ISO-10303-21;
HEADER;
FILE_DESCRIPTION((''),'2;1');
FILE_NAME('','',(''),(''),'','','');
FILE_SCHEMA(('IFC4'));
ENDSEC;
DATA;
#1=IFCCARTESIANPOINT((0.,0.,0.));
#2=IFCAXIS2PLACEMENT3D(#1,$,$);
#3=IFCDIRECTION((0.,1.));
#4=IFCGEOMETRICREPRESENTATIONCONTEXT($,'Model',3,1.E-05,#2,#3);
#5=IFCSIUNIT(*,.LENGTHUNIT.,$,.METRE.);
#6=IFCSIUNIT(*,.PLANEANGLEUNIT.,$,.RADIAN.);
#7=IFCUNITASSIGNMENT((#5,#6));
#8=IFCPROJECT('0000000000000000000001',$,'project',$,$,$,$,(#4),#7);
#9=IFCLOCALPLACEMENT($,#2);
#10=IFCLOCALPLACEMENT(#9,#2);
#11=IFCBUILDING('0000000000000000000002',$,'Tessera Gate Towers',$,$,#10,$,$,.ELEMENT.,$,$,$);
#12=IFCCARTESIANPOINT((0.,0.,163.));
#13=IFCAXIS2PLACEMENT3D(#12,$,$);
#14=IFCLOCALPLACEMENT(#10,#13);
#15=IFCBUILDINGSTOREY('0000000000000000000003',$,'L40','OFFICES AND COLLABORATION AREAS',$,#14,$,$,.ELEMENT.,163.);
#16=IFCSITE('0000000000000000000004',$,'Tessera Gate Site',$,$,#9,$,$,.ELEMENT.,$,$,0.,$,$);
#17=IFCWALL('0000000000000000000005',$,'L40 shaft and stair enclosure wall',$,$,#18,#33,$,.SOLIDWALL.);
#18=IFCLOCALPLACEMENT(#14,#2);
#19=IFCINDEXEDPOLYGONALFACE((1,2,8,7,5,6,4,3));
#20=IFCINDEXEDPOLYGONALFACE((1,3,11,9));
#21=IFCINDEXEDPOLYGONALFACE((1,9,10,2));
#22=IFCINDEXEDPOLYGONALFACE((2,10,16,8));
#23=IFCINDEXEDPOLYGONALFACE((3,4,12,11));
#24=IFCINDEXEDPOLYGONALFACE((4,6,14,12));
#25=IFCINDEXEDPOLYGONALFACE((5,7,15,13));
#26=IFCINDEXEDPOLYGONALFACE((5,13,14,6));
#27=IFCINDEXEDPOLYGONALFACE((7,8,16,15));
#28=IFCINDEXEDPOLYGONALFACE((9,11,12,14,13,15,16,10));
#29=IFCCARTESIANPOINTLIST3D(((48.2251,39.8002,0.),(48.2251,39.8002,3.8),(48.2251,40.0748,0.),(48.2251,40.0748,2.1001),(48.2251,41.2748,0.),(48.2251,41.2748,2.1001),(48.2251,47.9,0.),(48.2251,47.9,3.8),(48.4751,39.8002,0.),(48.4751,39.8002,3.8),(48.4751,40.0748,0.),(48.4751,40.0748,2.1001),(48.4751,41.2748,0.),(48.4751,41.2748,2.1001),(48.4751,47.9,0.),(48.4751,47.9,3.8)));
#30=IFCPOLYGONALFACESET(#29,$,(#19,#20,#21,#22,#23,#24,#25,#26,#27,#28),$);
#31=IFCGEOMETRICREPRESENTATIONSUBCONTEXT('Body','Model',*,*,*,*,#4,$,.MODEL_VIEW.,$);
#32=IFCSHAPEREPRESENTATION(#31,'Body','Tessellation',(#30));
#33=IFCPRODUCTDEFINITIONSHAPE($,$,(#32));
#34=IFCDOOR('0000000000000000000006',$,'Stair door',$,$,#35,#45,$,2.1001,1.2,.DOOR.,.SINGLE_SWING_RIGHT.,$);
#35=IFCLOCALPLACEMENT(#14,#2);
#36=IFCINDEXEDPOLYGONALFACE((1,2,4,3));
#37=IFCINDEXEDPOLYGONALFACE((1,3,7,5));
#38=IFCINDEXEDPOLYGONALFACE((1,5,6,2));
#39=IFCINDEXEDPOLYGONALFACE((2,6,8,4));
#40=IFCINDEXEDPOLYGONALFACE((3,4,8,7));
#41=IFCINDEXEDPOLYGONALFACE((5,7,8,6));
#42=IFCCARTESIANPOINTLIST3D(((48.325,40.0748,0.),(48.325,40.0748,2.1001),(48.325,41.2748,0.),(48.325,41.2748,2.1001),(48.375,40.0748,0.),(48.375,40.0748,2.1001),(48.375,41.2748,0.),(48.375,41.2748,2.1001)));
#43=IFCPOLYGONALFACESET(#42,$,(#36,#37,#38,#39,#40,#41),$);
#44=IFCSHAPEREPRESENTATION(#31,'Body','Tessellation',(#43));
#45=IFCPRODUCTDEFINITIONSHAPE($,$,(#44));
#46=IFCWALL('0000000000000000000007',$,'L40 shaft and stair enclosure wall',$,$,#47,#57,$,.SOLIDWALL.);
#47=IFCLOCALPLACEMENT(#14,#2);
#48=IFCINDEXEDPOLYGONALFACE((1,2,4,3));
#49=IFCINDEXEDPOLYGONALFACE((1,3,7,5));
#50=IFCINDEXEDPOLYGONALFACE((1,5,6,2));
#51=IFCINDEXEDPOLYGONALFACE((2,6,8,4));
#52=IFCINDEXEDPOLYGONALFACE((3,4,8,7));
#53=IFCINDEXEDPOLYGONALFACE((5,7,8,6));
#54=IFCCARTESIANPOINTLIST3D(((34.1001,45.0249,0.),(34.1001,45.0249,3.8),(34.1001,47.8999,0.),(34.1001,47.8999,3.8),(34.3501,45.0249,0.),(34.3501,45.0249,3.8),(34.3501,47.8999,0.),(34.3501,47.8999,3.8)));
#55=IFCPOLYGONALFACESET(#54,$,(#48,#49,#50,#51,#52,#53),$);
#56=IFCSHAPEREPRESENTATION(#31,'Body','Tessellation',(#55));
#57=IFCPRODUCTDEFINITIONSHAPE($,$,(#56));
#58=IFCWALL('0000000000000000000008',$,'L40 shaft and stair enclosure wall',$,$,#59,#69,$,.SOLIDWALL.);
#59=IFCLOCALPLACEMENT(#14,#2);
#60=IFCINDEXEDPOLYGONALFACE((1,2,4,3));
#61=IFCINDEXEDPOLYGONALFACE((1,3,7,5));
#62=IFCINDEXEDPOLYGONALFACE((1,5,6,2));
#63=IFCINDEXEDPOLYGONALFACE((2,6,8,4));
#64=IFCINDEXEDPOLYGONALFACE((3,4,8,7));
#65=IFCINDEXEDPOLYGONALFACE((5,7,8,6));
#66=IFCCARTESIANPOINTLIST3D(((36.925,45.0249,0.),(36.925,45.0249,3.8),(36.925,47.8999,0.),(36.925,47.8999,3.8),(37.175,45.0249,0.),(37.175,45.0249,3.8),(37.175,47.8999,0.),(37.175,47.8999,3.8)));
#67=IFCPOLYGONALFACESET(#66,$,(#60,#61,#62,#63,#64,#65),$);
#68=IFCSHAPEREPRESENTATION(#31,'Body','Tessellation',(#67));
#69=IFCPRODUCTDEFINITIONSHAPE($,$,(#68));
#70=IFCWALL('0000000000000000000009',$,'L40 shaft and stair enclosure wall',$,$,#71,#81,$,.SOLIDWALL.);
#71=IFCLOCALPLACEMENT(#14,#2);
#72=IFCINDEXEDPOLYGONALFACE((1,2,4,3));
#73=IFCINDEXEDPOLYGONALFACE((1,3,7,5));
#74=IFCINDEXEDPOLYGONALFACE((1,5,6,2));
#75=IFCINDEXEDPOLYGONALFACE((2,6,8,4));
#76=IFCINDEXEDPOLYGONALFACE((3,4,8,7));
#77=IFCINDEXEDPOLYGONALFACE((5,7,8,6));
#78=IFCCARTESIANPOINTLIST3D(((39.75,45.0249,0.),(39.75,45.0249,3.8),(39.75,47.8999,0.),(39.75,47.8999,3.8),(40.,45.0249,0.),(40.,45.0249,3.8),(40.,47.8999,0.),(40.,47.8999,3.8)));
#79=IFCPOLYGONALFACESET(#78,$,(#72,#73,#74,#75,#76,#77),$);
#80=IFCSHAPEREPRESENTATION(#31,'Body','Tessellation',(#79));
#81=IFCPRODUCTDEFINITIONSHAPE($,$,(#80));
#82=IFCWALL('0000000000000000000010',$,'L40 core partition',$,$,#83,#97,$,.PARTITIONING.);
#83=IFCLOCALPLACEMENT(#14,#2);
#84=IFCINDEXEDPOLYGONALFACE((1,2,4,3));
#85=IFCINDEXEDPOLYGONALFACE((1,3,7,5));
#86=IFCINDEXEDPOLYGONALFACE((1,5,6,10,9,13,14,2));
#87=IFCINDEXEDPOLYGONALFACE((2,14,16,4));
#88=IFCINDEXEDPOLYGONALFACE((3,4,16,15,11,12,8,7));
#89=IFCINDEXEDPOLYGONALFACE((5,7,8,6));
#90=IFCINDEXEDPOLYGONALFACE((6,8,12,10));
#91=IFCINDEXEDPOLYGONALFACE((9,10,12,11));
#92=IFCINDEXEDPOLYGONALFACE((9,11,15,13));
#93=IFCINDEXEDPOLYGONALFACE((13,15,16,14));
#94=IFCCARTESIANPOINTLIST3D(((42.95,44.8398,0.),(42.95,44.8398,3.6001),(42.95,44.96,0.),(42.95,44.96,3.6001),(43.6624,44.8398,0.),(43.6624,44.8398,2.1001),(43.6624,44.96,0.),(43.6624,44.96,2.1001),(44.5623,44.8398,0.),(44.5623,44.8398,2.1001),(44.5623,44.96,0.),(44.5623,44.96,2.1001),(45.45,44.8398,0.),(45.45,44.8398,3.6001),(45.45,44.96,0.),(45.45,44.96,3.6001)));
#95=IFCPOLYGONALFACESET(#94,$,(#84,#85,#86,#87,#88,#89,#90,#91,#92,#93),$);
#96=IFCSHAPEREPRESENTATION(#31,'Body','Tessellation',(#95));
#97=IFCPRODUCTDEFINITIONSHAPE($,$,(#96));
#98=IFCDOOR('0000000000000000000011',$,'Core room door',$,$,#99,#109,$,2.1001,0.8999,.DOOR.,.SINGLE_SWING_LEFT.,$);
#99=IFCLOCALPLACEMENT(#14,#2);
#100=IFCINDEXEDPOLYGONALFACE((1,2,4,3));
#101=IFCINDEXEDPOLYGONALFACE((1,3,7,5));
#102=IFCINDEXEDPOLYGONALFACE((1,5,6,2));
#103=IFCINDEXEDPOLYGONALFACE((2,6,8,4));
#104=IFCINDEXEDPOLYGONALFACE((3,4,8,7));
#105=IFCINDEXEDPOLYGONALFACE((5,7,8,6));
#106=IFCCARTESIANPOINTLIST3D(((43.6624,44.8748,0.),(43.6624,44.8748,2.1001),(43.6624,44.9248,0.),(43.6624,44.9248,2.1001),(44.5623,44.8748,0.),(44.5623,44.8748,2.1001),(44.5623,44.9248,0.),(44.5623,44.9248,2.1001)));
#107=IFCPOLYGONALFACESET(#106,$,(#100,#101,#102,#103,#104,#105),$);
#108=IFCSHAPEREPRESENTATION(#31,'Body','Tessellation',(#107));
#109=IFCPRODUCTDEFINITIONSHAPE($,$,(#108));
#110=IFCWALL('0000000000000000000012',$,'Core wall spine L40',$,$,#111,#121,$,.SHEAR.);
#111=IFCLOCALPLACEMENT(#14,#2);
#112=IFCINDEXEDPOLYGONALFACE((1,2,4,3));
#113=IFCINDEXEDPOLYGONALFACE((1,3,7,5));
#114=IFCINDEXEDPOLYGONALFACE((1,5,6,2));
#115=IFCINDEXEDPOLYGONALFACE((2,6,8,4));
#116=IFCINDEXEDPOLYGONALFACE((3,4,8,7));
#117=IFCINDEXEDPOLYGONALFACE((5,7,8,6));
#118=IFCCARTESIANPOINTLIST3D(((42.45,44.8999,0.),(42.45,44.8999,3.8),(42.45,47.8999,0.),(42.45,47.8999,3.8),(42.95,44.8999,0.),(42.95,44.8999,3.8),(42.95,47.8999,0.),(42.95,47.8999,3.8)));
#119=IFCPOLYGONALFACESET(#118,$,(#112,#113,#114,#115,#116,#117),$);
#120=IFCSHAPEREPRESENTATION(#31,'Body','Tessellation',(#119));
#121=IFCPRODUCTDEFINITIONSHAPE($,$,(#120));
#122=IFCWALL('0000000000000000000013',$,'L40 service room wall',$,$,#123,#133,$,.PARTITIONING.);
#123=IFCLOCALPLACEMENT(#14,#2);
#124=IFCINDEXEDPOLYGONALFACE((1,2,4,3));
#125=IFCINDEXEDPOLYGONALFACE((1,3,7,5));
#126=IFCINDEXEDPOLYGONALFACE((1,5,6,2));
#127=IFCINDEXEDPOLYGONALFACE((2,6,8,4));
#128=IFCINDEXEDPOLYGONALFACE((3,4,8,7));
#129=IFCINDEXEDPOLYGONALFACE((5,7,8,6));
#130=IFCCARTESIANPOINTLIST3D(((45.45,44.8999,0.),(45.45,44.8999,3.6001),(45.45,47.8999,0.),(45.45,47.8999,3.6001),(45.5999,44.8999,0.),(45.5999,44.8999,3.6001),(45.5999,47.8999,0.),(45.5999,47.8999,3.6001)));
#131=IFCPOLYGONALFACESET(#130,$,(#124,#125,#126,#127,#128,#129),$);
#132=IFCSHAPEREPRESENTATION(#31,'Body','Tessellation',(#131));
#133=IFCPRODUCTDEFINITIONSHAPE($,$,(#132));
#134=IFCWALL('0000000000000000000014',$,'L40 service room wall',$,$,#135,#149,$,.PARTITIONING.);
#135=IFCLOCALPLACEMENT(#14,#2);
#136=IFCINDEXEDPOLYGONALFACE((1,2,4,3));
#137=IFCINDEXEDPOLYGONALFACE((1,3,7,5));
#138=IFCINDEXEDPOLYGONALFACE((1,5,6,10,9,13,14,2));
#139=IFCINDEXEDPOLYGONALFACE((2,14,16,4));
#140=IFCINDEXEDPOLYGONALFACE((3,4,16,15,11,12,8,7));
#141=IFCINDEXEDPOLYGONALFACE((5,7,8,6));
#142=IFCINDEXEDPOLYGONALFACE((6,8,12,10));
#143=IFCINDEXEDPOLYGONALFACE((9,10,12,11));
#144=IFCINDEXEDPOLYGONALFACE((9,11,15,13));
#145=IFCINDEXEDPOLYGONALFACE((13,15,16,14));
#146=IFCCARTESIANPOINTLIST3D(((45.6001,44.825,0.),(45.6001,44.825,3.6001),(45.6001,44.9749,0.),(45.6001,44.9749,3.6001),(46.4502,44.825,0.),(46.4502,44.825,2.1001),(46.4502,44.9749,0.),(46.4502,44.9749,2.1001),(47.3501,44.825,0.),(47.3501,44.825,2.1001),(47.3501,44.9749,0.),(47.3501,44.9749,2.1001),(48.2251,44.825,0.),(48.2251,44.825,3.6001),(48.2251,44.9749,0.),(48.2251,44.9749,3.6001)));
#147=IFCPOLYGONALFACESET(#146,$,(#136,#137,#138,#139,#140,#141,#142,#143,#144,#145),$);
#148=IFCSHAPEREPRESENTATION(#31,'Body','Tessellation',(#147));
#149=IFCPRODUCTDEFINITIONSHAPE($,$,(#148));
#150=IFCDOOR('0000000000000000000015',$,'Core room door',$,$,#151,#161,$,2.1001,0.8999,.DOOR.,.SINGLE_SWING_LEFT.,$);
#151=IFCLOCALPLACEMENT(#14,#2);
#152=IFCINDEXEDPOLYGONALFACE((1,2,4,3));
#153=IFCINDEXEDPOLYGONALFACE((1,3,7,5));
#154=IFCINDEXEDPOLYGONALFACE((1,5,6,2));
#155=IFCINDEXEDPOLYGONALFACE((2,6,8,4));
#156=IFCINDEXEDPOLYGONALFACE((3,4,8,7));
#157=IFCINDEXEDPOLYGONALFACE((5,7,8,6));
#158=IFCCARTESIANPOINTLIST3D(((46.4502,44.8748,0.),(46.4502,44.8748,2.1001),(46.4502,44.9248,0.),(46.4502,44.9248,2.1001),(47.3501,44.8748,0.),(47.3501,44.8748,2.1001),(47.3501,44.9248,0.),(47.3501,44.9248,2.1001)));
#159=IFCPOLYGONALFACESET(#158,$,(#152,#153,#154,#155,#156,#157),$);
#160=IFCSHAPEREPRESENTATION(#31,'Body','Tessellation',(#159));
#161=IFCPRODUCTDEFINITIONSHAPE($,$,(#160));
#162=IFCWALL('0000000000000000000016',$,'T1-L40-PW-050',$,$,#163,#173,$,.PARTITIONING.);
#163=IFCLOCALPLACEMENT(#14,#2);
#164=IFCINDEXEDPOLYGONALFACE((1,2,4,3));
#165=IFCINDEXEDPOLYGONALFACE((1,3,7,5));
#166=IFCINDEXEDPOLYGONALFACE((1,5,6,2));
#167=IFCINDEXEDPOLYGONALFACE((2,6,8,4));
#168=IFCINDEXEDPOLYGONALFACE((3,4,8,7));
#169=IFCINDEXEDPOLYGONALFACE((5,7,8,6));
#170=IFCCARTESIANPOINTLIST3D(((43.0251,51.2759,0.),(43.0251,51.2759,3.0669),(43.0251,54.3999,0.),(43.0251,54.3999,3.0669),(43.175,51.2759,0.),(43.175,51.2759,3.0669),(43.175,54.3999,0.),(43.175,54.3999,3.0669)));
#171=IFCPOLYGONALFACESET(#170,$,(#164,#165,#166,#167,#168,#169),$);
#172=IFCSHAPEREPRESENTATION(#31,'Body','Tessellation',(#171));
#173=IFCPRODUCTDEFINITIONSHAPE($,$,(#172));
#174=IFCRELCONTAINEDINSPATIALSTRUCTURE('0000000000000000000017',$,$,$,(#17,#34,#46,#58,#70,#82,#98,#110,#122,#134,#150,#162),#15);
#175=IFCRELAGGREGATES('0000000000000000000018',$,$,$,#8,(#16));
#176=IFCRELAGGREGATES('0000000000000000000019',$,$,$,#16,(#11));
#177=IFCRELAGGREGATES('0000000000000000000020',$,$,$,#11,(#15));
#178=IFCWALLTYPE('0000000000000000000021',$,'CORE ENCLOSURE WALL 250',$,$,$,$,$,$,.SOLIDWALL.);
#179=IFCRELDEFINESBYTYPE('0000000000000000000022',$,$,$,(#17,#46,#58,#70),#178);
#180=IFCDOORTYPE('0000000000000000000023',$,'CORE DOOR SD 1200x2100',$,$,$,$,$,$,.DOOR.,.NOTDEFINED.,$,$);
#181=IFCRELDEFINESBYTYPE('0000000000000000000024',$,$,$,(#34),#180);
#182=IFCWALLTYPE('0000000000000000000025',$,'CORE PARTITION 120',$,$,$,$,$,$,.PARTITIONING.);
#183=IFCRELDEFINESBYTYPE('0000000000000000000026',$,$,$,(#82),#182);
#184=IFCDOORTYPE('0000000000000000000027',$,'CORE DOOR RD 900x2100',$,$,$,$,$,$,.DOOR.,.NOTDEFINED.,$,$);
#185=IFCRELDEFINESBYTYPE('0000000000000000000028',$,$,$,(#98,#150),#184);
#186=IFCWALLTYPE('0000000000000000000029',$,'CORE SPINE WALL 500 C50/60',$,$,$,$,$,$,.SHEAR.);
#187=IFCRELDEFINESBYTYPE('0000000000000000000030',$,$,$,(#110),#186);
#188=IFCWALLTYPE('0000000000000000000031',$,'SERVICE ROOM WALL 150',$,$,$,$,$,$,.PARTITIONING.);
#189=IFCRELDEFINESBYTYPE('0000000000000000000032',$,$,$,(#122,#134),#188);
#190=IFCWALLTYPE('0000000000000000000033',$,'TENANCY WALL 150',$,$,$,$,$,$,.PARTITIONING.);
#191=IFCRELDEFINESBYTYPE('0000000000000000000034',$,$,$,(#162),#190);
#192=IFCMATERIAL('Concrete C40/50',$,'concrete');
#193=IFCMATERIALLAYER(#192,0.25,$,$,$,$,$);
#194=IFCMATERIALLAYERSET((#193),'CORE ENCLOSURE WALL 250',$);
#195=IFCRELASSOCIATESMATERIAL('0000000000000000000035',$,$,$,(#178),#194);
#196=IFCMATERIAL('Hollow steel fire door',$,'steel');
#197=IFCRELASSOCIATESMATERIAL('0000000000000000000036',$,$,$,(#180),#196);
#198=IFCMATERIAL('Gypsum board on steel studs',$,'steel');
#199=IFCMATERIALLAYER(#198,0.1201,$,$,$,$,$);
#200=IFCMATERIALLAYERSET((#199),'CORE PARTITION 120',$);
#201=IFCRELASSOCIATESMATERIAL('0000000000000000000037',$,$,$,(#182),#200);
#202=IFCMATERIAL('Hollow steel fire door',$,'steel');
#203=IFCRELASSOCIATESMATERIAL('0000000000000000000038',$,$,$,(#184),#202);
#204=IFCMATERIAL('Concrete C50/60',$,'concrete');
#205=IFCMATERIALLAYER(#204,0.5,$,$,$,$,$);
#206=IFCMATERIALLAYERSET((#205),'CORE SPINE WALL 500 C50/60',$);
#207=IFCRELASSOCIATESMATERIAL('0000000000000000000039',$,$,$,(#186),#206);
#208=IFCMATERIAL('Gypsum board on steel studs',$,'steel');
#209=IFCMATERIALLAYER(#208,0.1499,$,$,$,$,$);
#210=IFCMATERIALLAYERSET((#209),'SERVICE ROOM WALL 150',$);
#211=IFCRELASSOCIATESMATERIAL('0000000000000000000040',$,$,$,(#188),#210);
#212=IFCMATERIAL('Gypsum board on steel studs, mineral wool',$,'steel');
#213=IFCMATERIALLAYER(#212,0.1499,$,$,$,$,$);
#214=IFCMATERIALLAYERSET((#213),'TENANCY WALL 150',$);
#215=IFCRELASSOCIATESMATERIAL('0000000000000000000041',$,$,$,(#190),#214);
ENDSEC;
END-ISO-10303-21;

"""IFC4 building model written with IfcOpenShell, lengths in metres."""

from ifc_helpers import new_model, si_unit, direction, frame, frame_2d, origin, place, context, subcontext, project, spatial, rectangle, extrude, source, transform, mapped, material, layer, layer_set, type_object, element, fill, save


model = new_model("IFC4")

# Units and contexts
model_context = context("Model", 3, precision=1e-05, world=origin(), true_north=direction((0.0, 1.0)))
body_context = subcontext(model_context, "Body", "Model", "MODEL_VIEW")
ifc_project = project(units=[si_unit("LENGTHUNIT", "METRE"), si_unit("PLANEANGLEUNIT", "RADIAN")], contexts=[model_context])

# Site, building, storey
site_placement = place(None, origin())
site = spatial("IfcSite", under=ifc_project, at=site_placement, Name="Tessera Gate Site", CompositionType="ELEMENT", RefElevation=0.0)
building_placement = place(site_placement, origin())
building = spatial("IfcBuilding", under=site, at=building_placement, Name="Tessera Gate Towers", CompositionType="ELEMENT")
storey_placement = place(building_placement, frame((0.0, 0.0, 163.0)))
storey = spatial("IfcBuildingStorey", under=building, at=storey_placement, Name="L40", Description="OFFICES AND COLLABORATION AREAS", CompositionType="ELEMENT", Elevation=163.0)

# Shared definitions
ifc_material_1 = material(Name="Concrete C40/50", Category="concrete")
ifc_layer_1 = layer(ifc_material_1, 0.25)
ifc_layer_set_1 = layer_set([ifc_layer_1], Name="CORE ENCLOSURE WALL 250")
wall_type_1 = type_object("IfcWallType", Name="CORE ENCLOSURE WALL 250", PredefinedType="SOLIDWALL", material=ifc_layer_set_1)

# Wall, opening, door
wall_1_placement = place(storey_placement, frame((48.3501, 47.8999, 0.0), z_axis=(0.0, 0.0, 1.0), x_axis=(0.0, -1.0, 0.0)))
wall_1 = element("IfcWall", 1, at=wall_1_placement, inside=storey, type_object=wall_type_1, Name="L40 shaft and stair enclosure wall", PredefinedType="SOLIDWALL", context=body_context, shape_type="SweptSolid", body=[
    extrude(rectangle(XDim=8.0999, YDim=0.25, at=frame_2d((4.0498, 0.0))), origin(), (0.0, 0.0, 1.0), 3.8),
])
shared_shape_1 = source(origin(), body_context, "Body", "SweptSolid", [
    extrude(rectangle(XDim=1.2, YDim=2.1001, at=frame_2d((0.6001, 1.05))), frame((0.0, 0.135, 0.0), z_axis=(0.0, -1.0, 0.0), x_axis=(1.0, 0.0, 0.0)), (0.0, 0.0, 1.0), 0.27),
])
opening_1_placement = place(wall_1_placement, frame((6.625, 0.0, 0.0)))
opening_1 = element("IfcOpeningElement", 2, at=opening_1_placement, cuts=wall_1, PredefinedType="OPENING", context=body_context, shape_type="MappedRepresentation", body=[
    mapped(shared_shape_1, transform((0.0, 0.0, 0.0), scale=1.0)),
])
ifc_material_2 = material(Name="Hollow steel fire door", Category="steel")
door_type_1 = type_object("IfcDoorType", Name="CORE DOOR SD 1200x2100", OperationType="NOTDEFINED", PredefinedType="DOOR", material=ifc_material_2)
shared_shape_2 = source(origin(), body_context, "Body", "SweptSolid", [
    extrude(rectangle(XDim=1.2, YDim=2.1001, at=frame_2d((0.6001, 1.05))), frame((0.0, 0.0249, 0.0), z_axis=(0.0, -1.0, 0.0), x_axis=(1.0, 0.0, 0.0)), (0.0, 0.0, 1.0), 0.05),
])
door_1_placement = place(opening_1_placement, origin())
door_1 = element("IfcDoor", 3, at=door_1_placement, inside=storey, type_object=door_type_1, Name="Stair door", OperationType="SINGLE_SWING_RIGHT", OverallHeight=2.1001, OverallWidth=1.2, PredefinedType="DOOR", context=body_context, shape_type="MappedRepresentation", body=[
    mapped(shared_shape_2, transform((0.0, 0.0, 0.0), scale=1.0)),
])
fill(opening_1, door_1)

# Walls
for number, where, z_axis, x_axis, name in (
    (4, (34.2251, 45.0249, 0.0), (0.0, 0.0, 1.0), (0.0, 1.0, 0.0), "L40 shaft and stair enclosure wall"),
    (5, (37.05, 45.0249, 0.0), (0.0, 0.0, 1.0), (0.0, 1.0, 0.0), "L40 shaft and stair enclosure wall"),
    (6, (39.875, 45.0249, 0.0), (0.0, 0.0, 1.0), (0.0, 1.0, 0.0), "L40 shaft and stair enclosure wall"),
):
    element("IfcWall", number, at=place(storey_placement, frame(where, z_axis=z_axis, x_axis=x_axis)), inside=storey, type_object=wall_type_1, Name=name, PredefinedType="SOLIDWALL", context=body_context, shape_type="SweptSolid", body=[
        extrude(rectangle(XDim=2.875, YDim=0.25, at=frame_2d((1.4375, 0.0))), origin(), (0.0, 0.0, 1.0), 3.8),
    ])

# Wall, opening, door
ifc_material_3 = material(Name="Gypsum board on steel studs", Category="steel")
ifc_layer_2 = layer(ifc_material_3, 0.1201)
ifc_layer_set_2 = layer_set([ifc_layer_2], Name="CORE PARTITION 120")
wall_type_2 = type_object("IfcWallType", Name="CORE PARTITION 120", PredefinedType="PARTITIONING", material=ifc_layer_set_2)
wall_2_placement = place(storey_placement, frame((42.95, 44.8999, 0.0), z_axis=(0.0, 0.0, 1.0), x_axis=(1.0, 0.0, 0.0)))
wall_2 = element("IfcWall", 7, at=wall_2_placement, inside=storey, type_object=wall_type_2, Name="L40 core partition", PredefinedType="PARTITIONING", context=body_context, shape_type="SweptSolid", body=[
    extrude(rectangle(XDim=2.5, YDim=0.1201, at=frame_2d((1.25, 0.0))), origin(), (0.0, 0.0, 1.0), 3.6001),
])
shared_shape_3 = source(origin(), body_context, "Body", "SweptSolid", [
    extrude(rectangle(XDim=0.8999, YDim=2.1001, at=frame_2d((0.45, 1.05))), frame((0.0, 0.0701, 0.0), z_axis=(0.0, -1.0, 0.0), x_axis=(1.0, 0.0, 0.0)), (0.0, 0.0, 1.0), 0.1401),
])
opening_2_placement = place(wall_2_placement, frame((0.7124, 0.0, 0.0)))
opening_2 = element("IfcOpeningElement", 8, at=opening_2_placement, cuts=wall_2, PredefinedType="OPENING", context=body_context, shape_type="MappedRepresentation", body=[
    mapped(shared_shape_3, transform((0.0, 0.0, 0.0), scale=1.0)),
])
ifc_material_4 = material(Name="Hollow steel fire door", Category="steel")
door_type_2 = type_object("IfcDoorType", Name="CORE DOOR RD 900x2100", OperationType="NOTDEFINED", PredefinedType="DOOR", material=ifc_material_4)
shared_shape_4 = source(origin(), body_context, "Body", "SweptSolid", [
    extrude(rectangle(XDim=0.8999, YDim=2.1001, at=frame_2d((0.45, 1.05))), frame((0.0, 0.0249, 0.0), z_axis=(0.0, -1.0, 0.0), x_axis=(1.0, 0.0, 0.0)), (0.0, 0.0, 1.0), 0.05),
])
door_2_placement = place(opening_2_placement, origin())
door_2 = element("IfcDoor", 9, at=door_2_placement, inside=storey, type_object=door_type_2, Name="Core room door", OperationType="SINGLE_SWING_LEFT", OverallHeight=2.1001, OverallWidth=0.8999, PredefinedType="DOOR", context=body_context, shape_type="MappedRepresentation", body=[
    mapped(shared_shape_4, transform((0.0, 0.0, 0.0), scale=1.0)),
])
fill(opening_2, door_2)

# Walls
ifc_material_5 = material(Name="Concrete C50/60", Category="concrete")
ifc_layer_3 = layer(ifc_material_5, 0.5)
ifc_layer_set_3 = layer_set([ifc_layer_3], Name="CORE SPINE WALL 500 C50/60")
wall_type_3 = type_object("IfcWallType", Name="CORE SPINE WALL 500 C50/60", PredefinedType="SHEAR", material=ifc_layer_set_3)
wall_3_placement = place(storey_placement, frame((42.7, 44.8999, 0.0), z_axis=(0.0, 0.0, 1.0), x_axis=(0.0, 1.0, 0.0)))
element("IfcWall", 10, at=wall_3_placement, inside=storey, type_object=wall_type_3, Name="Core wall spine L40", PredefinedType="SHEAR", context=body_context, shape_type="SweptSolid", body=[
    extrude(rectangle(XDim=3.0, YDim=0.5, at=frame_2d((1.5, 0.0))), origin(), (0.0, 0.0, 1.0), 3.8),
])
ifc_material_6 = material(Name="Gypsum board on steel studs", Category="steel")
ifc_layer_4 = layer(ifc_material_6, 0.1499)
ifc_layer_set_4 = layer_set([ifc_layer_4], Name="SERVICE ROOM WALL 150")
wall_type_4 = type_object("IfcWallType", Name="SERVICE ROOM WALL 150", PredefinedType="PARTITIONING", material=ifc_layer_set_4)
wall_4_placement = place(storey_placement, frame((45.5249, 44.8999, 0.0), z_axis=(0.0, 0.0, 1.0), x_axis=(0.0, 1.0, 0.0)))
element("IfcWall", 11, at=wall_4_placement, inside=storey, type_object=wall_type_4, Name="L40 service room wall", PredefinedType="PARTITIONING", context=body_context, shape_type="SweptSolid", body=[
    extrude(rectangle(XDim=3.0, YDim=0.1499, at=frame_2d((1.5, 0.0))), origin(), (0.0, 0.0, 1.0), 3.6001),
])

# Wall, opening, door
wall_5_placement = place(storey_placement, frame((45.6001, 44.8999, 0.0), z_axis=(0.0, 0.0, 1.0), x_axis=(1.0, 0.0, 0.0)))
wall_5 = element("IfcWall", 12, at=wall_5_placement, inside=storey, type_object=wall_type_4, Name="L40 service room wall", PredefinedType="PARTITIONING", context=body_context, shape_type="SweptSolid", body=[
    extrude(rectangle(XDim=2.625, YDim=0.1499, at=frame_2d((1.3125, 0.0))), origin(), (0.0, 0.0, 1.0), 3.6001),
])
shared_shape_5 = source(origin(), body_context, "Body", "SweptSolid", [
    extrude(rectangle(XDim=0.8999, YDim=2.1001, at=frame_2d((0.45, 1.05))), frame((0.0, 0.085, 0.0), z_axis=(0.0, -1.0, 0.0), x_axis=(1.0, 0.0, 0.0)), (0.0, 0.0, 1.0), 0.1699),
])
opening_3_placement = place(wall_5_placement, frame((0.8501, 0.0, 0.0)))
opening_3 = element("IfcOpeningElement", 13, at=opening_3_placement, cuts=wall_5, PredefinedType="OPENING", context=body_context, shape_type="MappedRepresentation", body=[
    mapped(shared_shape_5, transform((0.0, 0.0, 0.0), scale=1.0)),
])
door_3_placement = place(opening_3_placement, origin())
door_3 = element("IfcDoor", 14, at=door_3_placement, inside=storey, type_object=door_type_2, Name="Core room door", OperationType="SINGLE_SWING_LEFT", OverallHeight=2.1001, OverallWidth=0.8999, PredefinedType="DOOR", context=body_context, shape_type="MappedRepresentation", body=[
    mapped(shared_shape_4, transform((0.0, 0.0, 0.0), scale=1.0)),
])
fill(opening_3, door_3)

# Wall
ifc_material_7 = material(Name="Gypsum board on steel studs, mineral wool", Category="steel")
ifc_layer_5 = layer(ifc_material_7, 0.1499)
ifc_layer_set_5 = layer_set([ifc_layer_5], Name="TENANCY WALL 150")
wall_type_5 = type_object("IfcWallType", Name="TENANCY WALL 150", PredefinedType="PARTITIONING", material=ifc_layer_set_5)
wall_6_placement = place(storey_placement, frame((43.1001, 51.2759, 0.0), z_axis=(0.0, 0.0, 1.0), x_axis=(0.0, 1.0, 0.0)))
element("IfcWall", 15, at=wall_6_placement, inside=storey, type_object=wall_type_5, Name="T1-L40-PW-050", PredefinedType="PARTITIONING", context=body_context, shape_type="SweptSolid", body=[
    extrude(rectangle(XDim=3.124, YDim=0.1499, at=frame_2d((1.562, 0.0))), origin(), (0.0, 0.0, 1.0), 3.0669),
])

save(model, "model.ifc")
